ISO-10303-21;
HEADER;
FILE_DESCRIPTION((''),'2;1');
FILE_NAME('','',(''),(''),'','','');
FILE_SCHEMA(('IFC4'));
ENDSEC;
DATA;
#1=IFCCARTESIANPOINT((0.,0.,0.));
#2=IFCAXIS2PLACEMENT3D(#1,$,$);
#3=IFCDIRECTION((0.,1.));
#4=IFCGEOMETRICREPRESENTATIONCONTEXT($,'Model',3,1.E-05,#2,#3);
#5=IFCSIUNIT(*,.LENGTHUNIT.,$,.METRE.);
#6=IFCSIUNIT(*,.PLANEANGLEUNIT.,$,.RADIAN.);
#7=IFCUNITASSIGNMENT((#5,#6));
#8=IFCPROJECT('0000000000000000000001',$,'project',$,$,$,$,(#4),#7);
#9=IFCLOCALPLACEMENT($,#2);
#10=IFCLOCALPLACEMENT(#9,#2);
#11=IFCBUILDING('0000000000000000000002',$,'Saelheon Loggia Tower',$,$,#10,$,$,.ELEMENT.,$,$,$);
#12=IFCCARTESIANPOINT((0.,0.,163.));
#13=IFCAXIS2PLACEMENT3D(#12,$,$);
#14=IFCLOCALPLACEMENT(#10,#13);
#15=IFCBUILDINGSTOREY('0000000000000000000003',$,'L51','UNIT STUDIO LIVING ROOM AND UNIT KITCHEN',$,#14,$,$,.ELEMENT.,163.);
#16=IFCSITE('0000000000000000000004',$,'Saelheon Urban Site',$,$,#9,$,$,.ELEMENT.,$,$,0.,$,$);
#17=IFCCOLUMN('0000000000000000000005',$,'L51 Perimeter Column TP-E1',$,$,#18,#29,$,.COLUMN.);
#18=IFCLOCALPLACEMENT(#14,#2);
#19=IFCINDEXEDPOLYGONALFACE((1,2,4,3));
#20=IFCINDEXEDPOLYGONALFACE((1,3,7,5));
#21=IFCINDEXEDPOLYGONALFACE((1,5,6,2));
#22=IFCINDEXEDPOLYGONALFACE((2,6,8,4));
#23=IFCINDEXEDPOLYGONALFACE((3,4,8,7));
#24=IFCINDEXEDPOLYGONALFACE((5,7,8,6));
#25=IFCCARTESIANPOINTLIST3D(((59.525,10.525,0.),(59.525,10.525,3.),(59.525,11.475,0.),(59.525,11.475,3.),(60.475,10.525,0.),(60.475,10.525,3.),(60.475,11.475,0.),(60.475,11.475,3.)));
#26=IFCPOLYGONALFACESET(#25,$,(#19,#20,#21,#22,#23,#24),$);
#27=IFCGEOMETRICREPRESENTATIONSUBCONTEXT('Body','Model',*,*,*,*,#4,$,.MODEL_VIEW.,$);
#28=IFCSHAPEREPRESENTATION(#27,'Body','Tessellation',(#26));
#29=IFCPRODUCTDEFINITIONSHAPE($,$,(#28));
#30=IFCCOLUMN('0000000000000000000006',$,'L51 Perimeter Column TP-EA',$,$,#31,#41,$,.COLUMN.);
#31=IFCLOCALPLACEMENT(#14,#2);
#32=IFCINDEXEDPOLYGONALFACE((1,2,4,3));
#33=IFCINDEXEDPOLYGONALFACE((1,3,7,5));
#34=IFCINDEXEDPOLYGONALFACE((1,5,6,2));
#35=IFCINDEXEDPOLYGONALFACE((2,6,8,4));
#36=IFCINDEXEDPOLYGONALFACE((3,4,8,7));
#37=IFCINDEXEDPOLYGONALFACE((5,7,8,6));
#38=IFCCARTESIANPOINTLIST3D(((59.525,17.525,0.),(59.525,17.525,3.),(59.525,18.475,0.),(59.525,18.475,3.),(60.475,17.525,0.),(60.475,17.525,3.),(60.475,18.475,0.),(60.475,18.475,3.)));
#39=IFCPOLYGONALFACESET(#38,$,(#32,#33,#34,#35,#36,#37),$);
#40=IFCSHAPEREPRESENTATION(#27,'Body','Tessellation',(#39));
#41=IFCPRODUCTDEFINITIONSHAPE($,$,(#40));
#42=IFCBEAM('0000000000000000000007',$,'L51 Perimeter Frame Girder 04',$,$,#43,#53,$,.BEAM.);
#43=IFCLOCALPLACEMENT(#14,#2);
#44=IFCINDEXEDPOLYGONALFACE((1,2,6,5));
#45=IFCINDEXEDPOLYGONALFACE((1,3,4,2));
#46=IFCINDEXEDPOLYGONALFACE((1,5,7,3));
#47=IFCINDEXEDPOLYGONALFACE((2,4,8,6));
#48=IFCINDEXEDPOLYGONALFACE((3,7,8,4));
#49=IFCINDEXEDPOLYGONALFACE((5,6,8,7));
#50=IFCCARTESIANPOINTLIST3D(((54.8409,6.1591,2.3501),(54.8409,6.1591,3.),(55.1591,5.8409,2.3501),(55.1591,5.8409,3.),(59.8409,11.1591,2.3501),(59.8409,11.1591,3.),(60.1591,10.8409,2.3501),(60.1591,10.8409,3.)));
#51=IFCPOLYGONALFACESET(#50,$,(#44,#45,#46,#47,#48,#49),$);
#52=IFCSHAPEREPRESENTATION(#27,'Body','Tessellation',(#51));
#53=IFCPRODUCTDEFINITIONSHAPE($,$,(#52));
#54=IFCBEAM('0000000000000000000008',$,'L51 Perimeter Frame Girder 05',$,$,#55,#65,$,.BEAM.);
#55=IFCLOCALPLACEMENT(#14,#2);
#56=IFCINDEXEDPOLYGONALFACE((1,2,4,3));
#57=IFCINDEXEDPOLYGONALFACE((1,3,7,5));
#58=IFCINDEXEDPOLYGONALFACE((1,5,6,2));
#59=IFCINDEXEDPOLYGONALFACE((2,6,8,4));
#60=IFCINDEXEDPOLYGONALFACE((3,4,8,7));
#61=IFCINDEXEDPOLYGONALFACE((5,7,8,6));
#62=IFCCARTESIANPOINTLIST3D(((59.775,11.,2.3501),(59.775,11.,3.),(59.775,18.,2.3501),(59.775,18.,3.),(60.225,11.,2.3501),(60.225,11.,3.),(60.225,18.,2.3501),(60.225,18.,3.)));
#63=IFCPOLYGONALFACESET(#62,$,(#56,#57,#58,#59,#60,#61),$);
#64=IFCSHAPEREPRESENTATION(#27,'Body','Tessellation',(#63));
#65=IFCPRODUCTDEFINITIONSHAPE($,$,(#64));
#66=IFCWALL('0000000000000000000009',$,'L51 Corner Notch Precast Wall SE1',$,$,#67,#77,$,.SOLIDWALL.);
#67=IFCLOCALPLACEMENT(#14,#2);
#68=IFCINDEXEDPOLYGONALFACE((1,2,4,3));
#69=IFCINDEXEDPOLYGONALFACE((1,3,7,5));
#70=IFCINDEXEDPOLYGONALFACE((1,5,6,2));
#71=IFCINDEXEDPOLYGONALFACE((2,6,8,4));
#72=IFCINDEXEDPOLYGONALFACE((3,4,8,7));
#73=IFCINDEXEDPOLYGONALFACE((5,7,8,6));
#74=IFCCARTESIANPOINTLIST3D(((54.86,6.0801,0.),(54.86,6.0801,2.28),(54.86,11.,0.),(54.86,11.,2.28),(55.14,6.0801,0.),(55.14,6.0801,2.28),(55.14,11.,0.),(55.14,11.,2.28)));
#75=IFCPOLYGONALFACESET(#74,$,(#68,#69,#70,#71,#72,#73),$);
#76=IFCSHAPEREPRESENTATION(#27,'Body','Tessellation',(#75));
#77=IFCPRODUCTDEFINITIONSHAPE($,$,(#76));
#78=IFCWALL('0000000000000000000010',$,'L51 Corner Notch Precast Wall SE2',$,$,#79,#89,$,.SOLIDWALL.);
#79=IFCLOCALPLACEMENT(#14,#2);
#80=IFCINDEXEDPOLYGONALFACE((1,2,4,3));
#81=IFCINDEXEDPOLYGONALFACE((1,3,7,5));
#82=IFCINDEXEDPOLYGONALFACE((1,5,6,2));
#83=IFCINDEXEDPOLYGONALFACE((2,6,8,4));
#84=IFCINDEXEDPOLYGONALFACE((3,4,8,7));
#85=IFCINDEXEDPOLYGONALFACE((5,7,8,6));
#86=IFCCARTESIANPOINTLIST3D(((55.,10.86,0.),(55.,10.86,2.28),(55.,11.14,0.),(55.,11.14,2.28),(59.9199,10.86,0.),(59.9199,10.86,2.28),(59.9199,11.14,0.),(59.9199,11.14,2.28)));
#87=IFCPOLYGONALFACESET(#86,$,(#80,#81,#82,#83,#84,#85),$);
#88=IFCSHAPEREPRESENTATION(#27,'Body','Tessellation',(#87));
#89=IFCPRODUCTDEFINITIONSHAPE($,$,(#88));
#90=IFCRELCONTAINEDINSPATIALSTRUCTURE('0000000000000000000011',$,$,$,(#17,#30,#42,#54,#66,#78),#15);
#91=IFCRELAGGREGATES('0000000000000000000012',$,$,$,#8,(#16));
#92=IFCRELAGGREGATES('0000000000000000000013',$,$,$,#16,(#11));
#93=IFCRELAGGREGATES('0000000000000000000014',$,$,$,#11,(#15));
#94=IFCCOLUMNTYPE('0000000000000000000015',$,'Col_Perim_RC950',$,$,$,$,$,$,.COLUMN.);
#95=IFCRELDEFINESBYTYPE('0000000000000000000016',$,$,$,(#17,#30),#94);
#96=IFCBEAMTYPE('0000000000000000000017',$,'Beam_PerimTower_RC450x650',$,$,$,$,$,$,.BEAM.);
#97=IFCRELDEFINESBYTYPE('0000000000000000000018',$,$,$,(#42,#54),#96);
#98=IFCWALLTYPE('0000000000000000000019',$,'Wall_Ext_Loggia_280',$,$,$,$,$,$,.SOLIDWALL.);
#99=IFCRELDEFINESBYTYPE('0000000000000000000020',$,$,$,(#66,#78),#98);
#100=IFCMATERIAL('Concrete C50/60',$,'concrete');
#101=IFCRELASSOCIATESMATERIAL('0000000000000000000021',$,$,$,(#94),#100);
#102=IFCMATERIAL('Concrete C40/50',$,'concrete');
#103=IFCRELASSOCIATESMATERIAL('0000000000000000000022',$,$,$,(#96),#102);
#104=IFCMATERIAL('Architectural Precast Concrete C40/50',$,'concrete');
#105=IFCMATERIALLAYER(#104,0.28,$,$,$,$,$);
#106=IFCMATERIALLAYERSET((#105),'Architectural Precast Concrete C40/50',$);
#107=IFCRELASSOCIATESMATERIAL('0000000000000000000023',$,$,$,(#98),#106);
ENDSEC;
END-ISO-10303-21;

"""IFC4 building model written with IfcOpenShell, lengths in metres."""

from ifc_helpers import new_model, si_unit, direction, frame, frame_2d, origin, origin_2d, place, context, subcontext, project, spatial, rectangle, extrude, source, transform, mapped, material, layer, layer_set, material_profile, profile_set, type_object, element, save


model = new_model("IFC4")

# Units and contexts
model_context = context("Model", 3, precision=1e-05, world=origin(), true_north=direction((0.0, 1.0)))
body_context = subcontext(model_context, "Body", "Model", "MODEL_VIEW")
ifc_project = project(units=[si_unit("LENGTHUNIT", "METRE"), si_unit("PLANEANGLEUNIT", "RADIAN")], contexts=[model_context])

# Site, building, storey
site_placement = place(None, origin())
site = spatial("IfcSite", under=ifc_project, at=site_placement, Name="Saelheon Urban Site", CompositionType="ELEMENT", RefElevation=0.0)
building_placement = place(site_placement, origin())
building = spatial("IfcBuilding", under=site, at=building_placement, Name="Saelheon Loggia Tower", CompositionType="ELEMENT")
storey_placement = place(building_placement, frame((0.0, 0.0, 163.0)))
storey = spatial("IfcBuildingStorey", under=building, at=storey_placement, Name="L51", Description="UNIT STUDIO LIVING ROOM AND UNIT KITCHEN", CompositionType="ELEMENT", Elevation=163.0)

# Columns
ifc_material_1 = material(Name="Concrete C50/60", Category="concrete")
ifc_material_profile_1 = material_profile(ifc_material_1, rectangle(XDim=0.95, YDim=0.95, at=origin_2d()), Name="RC-950x950")
ifc_profile_set_1 = profile_set([ifc_material_profile_1], Name="Concrete C50/60")
column_type = type_object("IfcColumnType", Name="Col_Perim_RC950", PredefinedType="COLUMN", material=ifc_profile_set_1)
shared_shape_1 = source(origin(), body_context, "Body", "SweptSolid", [
    extrude(rectangle(XDim=0.95, YDim=0.95, at=origin_2d()), origin(), (0.0, 0.0, 1.0), 3.0),
])
for number, where, z_axis, x_axis, name in (
    (1, (60.0, 11.0, 0.0), (0.0, 0.0, 1.0), (1.0, 0.0, 0.0), "L51 Perimeter Column TP-E1"),
    (2, (60.0, 18.0, 0.0), (0.0, 0.0, 1.0), (1.0, 0.0, 0.0), "L51 Perimeter Column TP-EA"),
):
    element("IfcColumn", number, at=place(storey_placement, frame(where, z_axis=z_axis, x_axis=x_axis)), inside=storey, type_object=column_type, Name=name, PredefinedType="COLUMN", context=body_context, shape_type="MappedRepresentation", body=[
        mapped(shared_shape_1, transform((0.0, 0.0, 0.0), scale=1.0)),
    ])

# Beams
ifc_material_2 = material(Name="Concrete C40/50", Category="concrete")
ifc_material_profile_2 = material_profile(ifc_material_2, rectangle(XDim=0.45, YDim=0.6499, at=origin_2d()), Name="RC-450x650")
ifc_profile_set_2 = profile_set([ifc_material_profile_2], Name="Concrete C40/50")
beam_type = type_object("IfcBeamType", Name="Beam_PerimTower_RC450x650", PredefinedType="BEAM", material=ifc_profile_set_2)
shared_shape_2 = source(origin(), body_context, "Body", "SweptSolid", [
    extrude(rectangle(XDim=0.45, YDim=0.6499, at=origin_2d()), origin(), (0.0, 0.0, 1.0), 7.071),
])
beam_1_placement = place(storey_placement, frame((55.0, 6.0, 2.675), z_axis=(0.707107, 0.707107, 0.0), x_axis=(-0.707107, 0.707107, 0.0)))
element("IfcBeam", 3, at=beam_1_placement, inside=storey, type_object=beam_type, Name="L51 Perimeter Frame Girder 04", PredefinedType="BEAM", context=body_context, shape_type="MappedRepresentation", body=[
    mapped(shared_shape_2, transform((0.0, 0.0, 0.0), scale=1.0)),
])
shared_shape_3 = source(origin(), body_context, "Body", "SweptSolid", [
    extrude(rectangle(XDim=0.45, YDim=0.6499, at=origin_2d()), origin(), (0.0, 0.0, 1.0), 7.0),
])
beam_2_placement = place(storey_placement, frame((60.0, 11.0, 2.675), z_axis=(0.0, 1.0, 0.0), x_axis=(-1.0, 0.0, 0.0)))
element("IfcBeam", 4, at=beam_2_placement, inside=storey, type_object=beam_type, Name="L51 Perimeter Frame Girder 05", PredefinedType="BEAM", context=body_context, shape_type="MappedRepresentation", body=[
    mapped(shared_shape_3, transform((0.0, 0.0, 0.0), scale=1.0)),
])

# Shared definitions
ifc_material_3 = material(Name="Architectural Precast Concrete C40/50", Category="concrete")
ifc_layer = layer(ifc_material_3, 0.28)
ifc_layer_set = layer_set([ifc_layer], Name="Architectural Precast Concrete C40/50")
wall_type = type_object("IfcWallType", Name="Wall_Ext_Loggia_280", PredefinedType="SOLIDWALL", material=ifc_layer_set)

# Walls
for number, where, z_axis, x_axis, name in (
    (5, (55.0, 6.0801, 0.0), (0.0, 0.0, 1.0), (0.0, 1.0, 0.0), "L51 Corner Notch Precast Wall SE1"),
    (6, (55.0, 11.0, 0.0), (0.0, 0.0, 1.0), (1.0, 0.0, 0.0), "L51 Corner Notch Precast Wall SE2"),
):
    element("IfcWall", number, at=place(storey_placement, frame(where, z_axis=z_axis, x_axis=x_axis)), inside=storey, type_object=wall_type, Name=name, PredefinedType="SOLIDWALL", context=body_context, shape_type="SweptSolid", body=[
        extrude(rectangle(XDim=4.9199, YDim=0.28, at=frame_2d((2.46, 0.0))), origin(), (0.0, 0.0, 1.0), 2.28),
    ])

save(model, "model.ifc")
